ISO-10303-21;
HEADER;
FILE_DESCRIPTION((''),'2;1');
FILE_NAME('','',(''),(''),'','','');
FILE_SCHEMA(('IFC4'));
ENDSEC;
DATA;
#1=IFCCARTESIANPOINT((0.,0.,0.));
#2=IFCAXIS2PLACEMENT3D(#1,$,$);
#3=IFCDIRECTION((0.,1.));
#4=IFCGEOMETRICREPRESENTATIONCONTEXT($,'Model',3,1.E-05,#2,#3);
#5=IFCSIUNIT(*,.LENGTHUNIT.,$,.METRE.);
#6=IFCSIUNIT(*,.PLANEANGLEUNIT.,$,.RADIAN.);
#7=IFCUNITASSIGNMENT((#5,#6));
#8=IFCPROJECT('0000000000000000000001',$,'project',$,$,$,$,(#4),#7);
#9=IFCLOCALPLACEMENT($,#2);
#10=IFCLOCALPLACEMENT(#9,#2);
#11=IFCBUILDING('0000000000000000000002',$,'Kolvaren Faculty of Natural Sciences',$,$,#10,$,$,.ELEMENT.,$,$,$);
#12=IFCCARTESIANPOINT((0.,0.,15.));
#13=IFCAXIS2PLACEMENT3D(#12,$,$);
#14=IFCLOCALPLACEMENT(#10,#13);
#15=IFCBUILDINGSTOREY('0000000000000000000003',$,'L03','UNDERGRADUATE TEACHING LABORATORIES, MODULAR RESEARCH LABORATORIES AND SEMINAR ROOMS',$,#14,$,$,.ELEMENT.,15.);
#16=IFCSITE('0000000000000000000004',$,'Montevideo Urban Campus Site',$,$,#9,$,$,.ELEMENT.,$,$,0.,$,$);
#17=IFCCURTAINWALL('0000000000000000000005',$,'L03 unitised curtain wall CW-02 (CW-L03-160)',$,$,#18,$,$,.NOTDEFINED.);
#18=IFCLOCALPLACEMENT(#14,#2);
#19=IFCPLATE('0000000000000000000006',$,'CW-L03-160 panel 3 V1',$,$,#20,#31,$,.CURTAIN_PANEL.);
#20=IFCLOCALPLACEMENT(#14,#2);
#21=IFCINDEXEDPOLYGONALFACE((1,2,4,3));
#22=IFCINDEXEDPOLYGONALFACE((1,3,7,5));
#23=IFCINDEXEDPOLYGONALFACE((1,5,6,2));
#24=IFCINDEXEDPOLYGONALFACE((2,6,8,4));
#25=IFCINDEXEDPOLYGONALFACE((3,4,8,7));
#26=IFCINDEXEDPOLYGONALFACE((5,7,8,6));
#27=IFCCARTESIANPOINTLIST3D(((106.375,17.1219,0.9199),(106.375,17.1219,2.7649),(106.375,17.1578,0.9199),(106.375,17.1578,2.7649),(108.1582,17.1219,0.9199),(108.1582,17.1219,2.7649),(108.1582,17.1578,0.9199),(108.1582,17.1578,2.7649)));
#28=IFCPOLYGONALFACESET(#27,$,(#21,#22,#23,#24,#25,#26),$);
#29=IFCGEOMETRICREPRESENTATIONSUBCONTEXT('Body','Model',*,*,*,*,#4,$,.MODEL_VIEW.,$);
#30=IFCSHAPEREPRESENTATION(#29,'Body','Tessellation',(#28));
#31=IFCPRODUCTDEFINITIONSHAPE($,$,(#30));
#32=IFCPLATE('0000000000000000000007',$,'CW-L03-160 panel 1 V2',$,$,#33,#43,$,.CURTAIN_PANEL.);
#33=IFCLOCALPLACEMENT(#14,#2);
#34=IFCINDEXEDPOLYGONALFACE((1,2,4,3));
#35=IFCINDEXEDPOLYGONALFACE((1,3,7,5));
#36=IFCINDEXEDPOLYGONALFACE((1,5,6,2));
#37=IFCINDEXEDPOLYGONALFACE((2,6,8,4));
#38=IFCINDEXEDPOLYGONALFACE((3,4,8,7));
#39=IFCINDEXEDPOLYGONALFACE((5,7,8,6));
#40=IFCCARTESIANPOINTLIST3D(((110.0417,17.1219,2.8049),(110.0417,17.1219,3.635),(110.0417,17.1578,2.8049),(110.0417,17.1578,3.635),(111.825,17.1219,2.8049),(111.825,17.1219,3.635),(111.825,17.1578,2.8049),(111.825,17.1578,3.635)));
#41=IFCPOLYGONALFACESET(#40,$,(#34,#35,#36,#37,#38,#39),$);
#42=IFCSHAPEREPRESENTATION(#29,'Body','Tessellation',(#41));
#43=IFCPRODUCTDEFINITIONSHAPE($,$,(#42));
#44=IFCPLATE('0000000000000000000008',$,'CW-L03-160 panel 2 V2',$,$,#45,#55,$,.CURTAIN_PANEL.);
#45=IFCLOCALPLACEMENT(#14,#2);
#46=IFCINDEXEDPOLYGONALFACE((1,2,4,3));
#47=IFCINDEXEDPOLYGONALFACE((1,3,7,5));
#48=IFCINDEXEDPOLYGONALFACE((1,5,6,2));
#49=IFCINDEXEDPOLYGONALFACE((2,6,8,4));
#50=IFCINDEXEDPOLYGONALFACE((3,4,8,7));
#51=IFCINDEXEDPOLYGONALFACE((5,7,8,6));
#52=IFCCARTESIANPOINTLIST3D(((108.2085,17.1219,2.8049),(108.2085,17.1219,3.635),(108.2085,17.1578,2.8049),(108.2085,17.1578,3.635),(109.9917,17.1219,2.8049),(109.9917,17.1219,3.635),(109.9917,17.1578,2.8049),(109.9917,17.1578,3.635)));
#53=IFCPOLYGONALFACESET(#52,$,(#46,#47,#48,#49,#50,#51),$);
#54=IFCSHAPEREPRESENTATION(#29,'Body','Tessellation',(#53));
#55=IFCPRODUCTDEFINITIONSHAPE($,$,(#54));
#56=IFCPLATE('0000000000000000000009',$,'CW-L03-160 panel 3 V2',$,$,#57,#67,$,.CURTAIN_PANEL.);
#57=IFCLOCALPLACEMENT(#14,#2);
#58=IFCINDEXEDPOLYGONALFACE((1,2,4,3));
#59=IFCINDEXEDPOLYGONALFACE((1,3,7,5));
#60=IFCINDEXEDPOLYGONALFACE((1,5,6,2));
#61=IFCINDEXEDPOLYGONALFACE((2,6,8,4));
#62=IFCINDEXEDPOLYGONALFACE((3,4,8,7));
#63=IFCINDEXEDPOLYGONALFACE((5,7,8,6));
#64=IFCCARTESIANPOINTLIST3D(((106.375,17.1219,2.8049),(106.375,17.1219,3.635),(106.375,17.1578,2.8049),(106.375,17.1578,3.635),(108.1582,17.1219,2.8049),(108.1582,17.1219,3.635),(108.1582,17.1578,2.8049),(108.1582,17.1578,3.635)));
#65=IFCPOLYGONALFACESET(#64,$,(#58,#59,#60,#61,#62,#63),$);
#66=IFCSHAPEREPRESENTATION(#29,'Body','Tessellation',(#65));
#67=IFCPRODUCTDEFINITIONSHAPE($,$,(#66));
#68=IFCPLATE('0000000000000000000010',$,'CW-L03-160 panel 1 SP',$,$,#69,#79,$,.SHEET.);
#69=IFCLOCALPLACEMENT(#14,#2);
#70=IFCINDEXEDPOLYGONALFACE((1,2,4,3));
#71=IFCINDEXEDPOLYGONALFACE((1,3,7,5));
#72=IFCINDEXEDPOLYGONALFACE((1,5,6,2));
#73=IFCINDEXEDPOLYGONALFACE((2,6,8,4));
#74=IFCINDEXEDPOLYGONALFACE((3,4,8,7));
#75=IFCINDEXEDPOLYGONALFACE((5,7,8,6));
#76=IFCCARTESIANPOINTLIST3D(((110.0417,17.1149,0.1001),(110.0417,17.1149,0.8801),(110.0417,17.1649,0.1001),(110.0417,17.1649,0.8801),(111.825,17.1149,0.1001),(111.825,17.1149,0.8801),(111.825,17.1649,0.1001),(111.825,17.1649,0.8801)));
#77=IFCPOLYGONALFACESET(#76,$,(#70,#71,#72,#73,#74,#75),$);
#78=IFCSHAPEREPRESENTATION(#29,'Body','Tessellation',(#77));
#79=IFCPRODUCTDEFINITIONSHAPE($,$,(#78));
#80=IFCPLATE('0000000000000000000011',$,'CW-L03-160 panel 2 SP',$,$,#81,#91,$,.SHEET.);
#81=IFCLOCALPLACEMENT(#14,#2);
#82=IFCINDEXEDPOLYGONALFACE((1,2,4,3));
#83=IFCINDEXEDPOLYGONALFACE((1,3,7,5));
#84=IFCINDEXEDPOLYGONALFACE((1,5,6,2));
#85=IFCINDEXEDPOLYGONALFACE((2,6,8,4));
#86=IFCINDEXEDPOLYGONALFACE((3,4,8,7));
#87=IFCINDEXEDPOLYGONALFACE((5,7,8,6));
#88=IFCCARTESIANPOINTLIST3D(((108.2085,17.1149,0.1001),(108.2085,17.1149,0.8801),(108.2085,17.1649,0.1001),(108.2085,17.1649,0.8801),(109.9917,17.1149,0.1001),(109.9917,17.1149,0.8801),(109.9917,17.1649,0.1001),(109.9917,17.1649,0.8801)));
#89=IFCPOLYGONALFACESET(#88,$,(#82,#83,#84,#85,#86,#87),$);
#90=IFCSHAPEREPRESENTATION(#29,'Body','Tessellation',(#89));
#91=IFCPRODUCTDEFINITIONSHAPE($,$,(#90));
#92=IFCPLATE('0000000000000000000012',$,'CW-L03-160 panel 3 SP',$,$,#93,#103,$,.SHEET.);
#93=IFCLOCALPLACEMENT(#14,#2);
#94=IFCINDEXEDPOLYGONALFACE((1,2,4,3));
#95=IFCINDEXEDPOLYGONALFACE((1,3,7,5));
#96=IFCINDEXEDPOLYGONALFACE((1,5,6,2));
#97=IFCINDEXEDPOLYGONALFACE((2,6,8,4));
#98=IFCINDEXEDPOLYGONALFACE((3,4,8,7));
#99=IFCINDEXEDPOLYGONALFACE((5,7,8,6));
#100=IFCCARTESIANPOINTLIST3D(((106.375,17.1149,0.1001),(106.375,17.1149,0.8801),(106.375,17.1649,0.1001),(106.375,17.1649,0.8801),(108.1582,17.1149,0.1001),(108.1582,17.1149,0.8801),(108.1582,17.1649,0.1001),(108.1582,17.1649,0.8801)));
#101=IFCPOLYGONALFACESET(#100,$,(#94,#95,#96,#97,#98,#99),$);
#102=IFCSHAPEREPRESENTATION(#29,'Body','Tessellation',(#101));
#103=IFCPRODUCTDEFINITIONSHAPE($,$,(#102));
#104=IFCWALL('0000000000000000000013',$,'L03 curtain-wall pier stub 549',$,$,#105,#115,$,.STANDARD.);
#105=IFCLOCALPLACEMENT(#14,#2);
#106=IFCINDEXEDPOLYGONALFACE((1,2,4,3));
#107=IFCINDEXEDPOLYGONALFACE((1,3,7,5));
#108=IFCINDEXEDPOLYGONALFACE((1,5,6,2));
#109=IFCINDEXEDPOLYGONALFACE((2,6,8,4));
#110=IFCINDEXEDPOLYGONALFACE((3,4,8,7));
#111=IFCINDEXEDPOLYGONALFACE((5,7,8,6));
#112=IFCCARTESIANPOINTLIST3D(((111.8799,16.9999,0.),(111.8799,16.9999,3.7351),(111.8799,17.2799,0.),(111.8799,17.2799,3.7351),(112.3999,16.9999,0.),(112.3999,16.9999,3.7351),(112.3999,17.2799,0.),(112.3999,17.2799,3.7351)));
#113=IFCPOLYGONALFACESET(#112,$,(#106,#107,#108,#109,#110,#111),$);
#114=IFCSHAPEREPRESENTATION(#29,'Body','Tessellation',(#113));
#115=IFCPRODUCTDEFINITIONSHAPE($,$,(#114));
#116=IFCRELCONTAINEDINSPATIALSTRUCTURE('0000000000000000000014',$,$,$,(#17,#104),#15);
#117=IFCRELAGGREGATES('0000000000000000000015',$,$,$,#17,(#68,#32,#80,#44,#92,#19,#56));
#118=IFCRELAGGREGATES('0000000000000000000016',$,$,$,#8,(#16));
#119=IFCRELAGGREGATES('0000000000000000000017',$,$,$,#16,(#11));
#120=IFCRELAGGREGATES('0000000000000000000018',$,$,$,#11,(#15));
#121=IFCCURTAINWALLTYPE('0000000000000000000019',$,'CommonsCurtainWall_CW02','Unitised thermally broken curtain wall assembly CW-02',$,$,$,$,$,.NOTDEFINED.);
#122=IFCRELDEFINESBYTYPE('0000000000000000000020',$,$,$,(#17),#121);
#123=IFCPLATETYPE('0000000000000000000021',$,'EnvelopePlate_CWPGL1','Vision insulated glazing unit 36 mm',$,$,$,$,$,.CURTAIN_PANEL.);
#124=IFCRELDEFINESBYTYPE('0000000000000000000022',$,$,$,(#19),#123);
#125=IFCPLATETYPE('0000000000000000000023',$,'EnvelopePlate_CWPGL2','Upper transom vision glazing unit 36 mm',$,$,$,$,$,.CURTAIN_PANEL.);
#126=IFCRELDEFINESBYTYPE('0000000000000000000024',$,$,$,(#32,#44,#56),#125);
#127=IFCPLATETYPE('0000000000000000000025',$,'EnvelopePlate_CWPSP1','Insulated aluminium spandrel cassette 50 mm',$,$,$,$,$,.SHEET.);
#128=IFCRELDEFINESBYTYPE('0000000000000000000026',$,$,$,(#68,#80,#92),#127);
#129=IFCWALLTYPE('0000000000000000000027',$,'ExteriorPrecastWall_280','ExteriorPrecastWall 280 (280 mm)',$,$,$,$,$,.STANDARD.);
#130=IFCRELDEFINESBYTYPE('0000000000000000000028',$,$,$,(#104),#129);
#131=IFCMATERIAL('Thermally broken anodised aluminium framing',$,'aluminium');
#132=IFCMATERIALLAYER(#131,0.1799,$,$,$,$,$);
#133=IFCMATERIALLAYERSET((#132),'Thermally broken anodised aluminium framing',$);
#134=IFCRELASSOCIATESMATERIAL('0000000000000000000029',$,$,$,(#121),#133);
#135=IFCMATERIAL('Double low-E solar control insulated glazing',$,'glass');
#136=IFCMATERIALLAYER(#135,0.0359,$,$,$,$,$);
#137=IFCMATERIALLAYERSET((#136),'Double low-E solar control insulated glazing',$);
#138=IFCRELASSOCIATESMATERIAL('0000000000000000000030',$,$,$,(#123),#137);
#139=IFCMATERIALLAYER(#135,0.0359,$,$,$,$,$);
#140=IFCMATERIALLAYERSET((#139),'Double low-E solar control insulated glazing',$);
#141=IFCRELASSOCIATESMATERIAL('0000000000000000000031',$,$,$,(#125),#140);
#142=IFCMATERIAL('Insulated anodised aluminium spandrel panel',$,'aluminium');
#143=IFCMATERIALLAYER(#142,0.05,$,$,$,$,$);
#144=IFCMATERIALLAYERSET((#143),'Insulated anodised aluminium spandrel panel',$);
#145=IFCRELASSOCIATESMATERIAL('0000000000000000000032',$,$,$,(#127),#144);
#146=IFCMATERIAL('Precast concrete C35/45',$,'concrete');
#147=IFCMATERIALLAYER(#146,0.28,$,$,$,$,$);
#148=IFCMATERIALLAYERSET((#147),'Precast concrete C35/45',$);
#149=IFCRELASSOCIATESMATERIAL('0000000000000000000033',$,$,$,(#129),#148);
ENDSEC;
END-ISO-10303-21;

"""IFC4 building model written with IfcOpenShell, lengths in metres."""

from ifc_helpers import new_model, si_unit, direction, frame, frame_2d, origin, origin_2d, place, context, subcontext, project, spatial, rectangle, extrude, material, layer, layer_set, type_object, element, aggregate, save


model = new_model("IFC4")

# Units and contexts
model_context = context("Model", 3, precision=1e-05, world=origin(), true_north=direction((0.0, 1.0)))
body_context = subcontext(model_context, "Body", "Model", "MODEL_VIEW")
ifc_project = project(units=[si_unit("LENGTHUNIT", "METRE"), si_unit("PLANEANGLEUNIT", "RADIAN")], contexts=[model_context])

# Site, building, storey
site_placement = place(None, origin())
site = spatial("IfcSite", under=ifc_project, at=site_placement, Name="Montevideo Urban Campus Site", CompositionType="ELEMENT", RefElevation=0.0)
building_placement = place(site_placement, origin())
building = spatial("IfcBuilding", under=site, at=building_placement, Name="Kolvaren Faculty of Natural Sciences", CompositionType="ELEMENT")
storey_placement = place(building_placement, frame((0.0, 0.0, 15.0)))
storey = spatial("IfcBuildingStorey", under=building, at=storey_placement, Name="L03", Description="UNDERGRADUATE TEACHING LABORATORIES, MODULAR RESEARCH LABORATORIES AND SEMINAR ROOMS", CompositionType="ELEMENT", Elevation=15.0)

# Curtain wall
ifc_material_1 = material(Name="Thermally broken anodised aluminium framing", Category="aluminium")
ifc_layer_1 = layer(ifc_material_1, 0.1799)
ifc_layer_set_1 = layer_set([ifc_layer_1], Name="Thermally broken anodised aluminium framing")
curtain_wall_type = type_object("IfcCurtainWallType", Name="CommonsCurtainWall_CW02", Description="Unitised thermally broken curtain wall assembly CW-02", PredefinedType="NOTDEFINED", material=ifc_layer_set_1)
curtain_wall_placement = place(storey_placement, origin())
curtain_wall = element("IfcCurtainWall", 1, at=curtain_wall_placement, inside=storey, type_object=curtain_wall_type, Name="L03 unitised curtain wall CW-02 (CW-L03-160)", PredefinedType="NOTDEFINED")

# Plates
ifc_material_2 = material(Name="Double low-E solar control insulated glazing", Category="glass")
ifc_layer_2 = layer(ifc_material_2, 0.0359)
ifc_layer_set_2 = layer_set([ifc_layer_2], Name="Double low-E solar control insulated glazing")
plate_type_1 = type_object("IfcPlateType", Name="EnvelopePlate_CWPGL1", Description="Vision insulated glazing unit 36 mm", PredefinedType="CURTAIN_PANEL", material=ifc_layer_set_2)
plate_1_placement = place(storey_placement, frame((107.2666, 17.1399, 0.9199), z_axis=(0.0, 0.0, 1.0), x_axis=(-1.0, 0.0, 0.0)))
plate_1 = element("IfcPlate", 2, at=plate_1_placement, type_object=plate_type_1, Name="CW-L03-160 panel 3 V1", PredefinedType="CURTAIN_PANEL", context=body_context, shape_type="SweptSolid", body=[
    extrude(rectangle(XDim=1.7832, YDim=0.0359, at=origin_2d()), origin(), (0.0, 0.0, 1.0), 1.845),
])
ifc_layer_3 = layer(ifc_material_2, 0.0359)
ifc_layer_set_3 = layer_set([ifc_layer_3], Name="Double low-E solar control insulated glazing")
plate_type_2 = type_object("IfcPlateType", Name="EnvelopePlate_CWPGL2", Description="Upper transom vision glazing unit 36 mm", PredefinedType="CURTAIN_PANEL", material=ifc_layer_set_3)
plate_2_placement = place(storey_placement, frame((110.9333, 17.1399, 2.8049), z_axis=(0.0, 0.0, 1.0), x_axis=(-1.0, 0.0, 0.0)))
plate_2 = element("IfcPlate", 3, at=plate_2_placement, type_object=plate_type_2, Name="CW-L03-160 panel 1 V2", PredefinedType="CURTAIN_PANEL", context=body_context, shape_type="SweptSolid", body=[
    extrude(rectangle(XDim=1.7832, YDim=0.0359, at=origin_2d()), origin(), (0.0, 0.0, 1.0), 0.8301),
])
plate_3_placement = place(storey_placement, frame((109.1001, 17.1399, 2.8049), z_axis=(0.0, 0.0, 1.0), x_axis=(-1.0, 0.0, 0.0)))
plate_3 = element("IfcPlate", 4, at=plate_3_placement, type_object=plate_type_2, Name="CW-L03-160 panel 2 V2", PredefinedType="CURTAIN_PANEL", context=body_context, shape_type="SweptSolid", body=[
    extrude(rectangle(XDim=1.7832, YDim=0.0359, at=origin_2d()), origin(), (0.0, 0.0, 1.0), 0.8301),
])
plate_4_placement = place(storey_placement, frame((107.2666, 17.1399, 2.8049), z_axis=(0.0, 0.0, 1.0), x_axis=(-1.0, 0.0, 0.0)))
plate_4 = element("IfcPlate", 5, at=plate_4_placement, type_object=plate_type_2, Name="CW-L03-160 panel 3 V2", PredefinedType="CURTAIN_PANEL", context=body_context, shape_type="SweptSolid", body=[
    extrude(rectangle(XDim=1.7832, YDim=0.0359, at=origin_2d()), origin(), (0.0, 0.0, 1.0), 0.8301),
])
ifc_material_3 = material(Name="Insulated anodised aluminium spandrel panel", Category="aluminium")
ifc_layer_4 = layer(ifc_material_3, 0.05)
ifc_layer_set_4 = layer_set([ifc_layer_4], Name="Insulated anodised aluminium spandrel panel")
plate_type_3 = type_object("IfcPlateType", Name="EnvelopePlate_CWPSP1", Description="Insulated aluminium spandrel cassette 50 mm", PredefinedType="SHEET", material=ifc_layer_set_4)
plate_5_placement = place(storey_placement, frame((110.9333, 17.1399, 0.1001), z_axis=(0.0, 0.0, 1.0), x_axis=(-1.0, 0.0, 0.0)))
plate_5 = element("IfcPlate", 6, at=plate_5_placement, type_object=plate_type_3, Name="CW-L03-160 panel 1 SP", PredefinedType="SHEET", context=body_context, shape_type="SweptSolid", body=[
    extrude(rectangle(XDim=1.7832, YDim=0.05, at=origin_2d()), origin(), (0.0, 0.0, 1.0), 0.78),
])
plate_6_placement = place(storey_placement, frame((109.1001, 17.1399, 0.1001), z_axis=(0.0, 0.0, 1.0), x_axis=(-1.0, 0.0, 0.0)))
plate_6 = element("IfcPlate", 7, at=plate_6_placement, type_object=plate_type_3, Name="CW-L03-160 panel 2 SP", PredefinedType="SHEET", context=body_context, shape_type="SweptSolid", body=[
    extrude(rectangle(XDim=1.7832, YDim=0.05, at=origin_2d()), origin(), (0.0, 0.0, 1.0), 0.78),
])
plate_7_placement = place(storey_placement, frame((107.2666, 17.1399, 0.1001), z_axis=(0.0, 0.0, 1.0), x_axis=(-1.0, 0.0, 0.0)))
plate_7 = element("IfcPlate", 8, at=plate_7_placement, type_object=plate_type_3, Name="CW-L03-160 panel 3 SP", PredefinedType="SHEET", context=body_context, shape_type="SweptSolid", body=[
    extrude(rectangle(XDim=1.7832, YDim=0.05, at=origin_2d()), origin(), (0.0, 0.0, 1.0), 0.78),
])
aggregate(curtain_wall, [plate_5, plate_2, plate_6, plate_3, plate_7, plate_1, plate_4])

# Wall
ifc_material_4 = material(Name="Precast concrete C35/45", Category="concrete")
ifc_layer_5 = layer(ifc_material_4, 0.28)
ifc_layer_set_5 = layer_set([ifc_layer_5], Name="Precast concrete C35/45")
wall_type = type_object("IfcWallType", Name="ExteriorPrecastWall_280", Description="ExteriorPrecastWall 280 (280 mm)", PredefinedType="STANDARD", material=ifc_layer_set_5)
wall_placement = place(storey_placement, frame((112.3999, 17.1399, 0.0), z_axis=(0.0, 0.0, 1.0), x_axis=(-1.0, 0.0, 0.0)))
element("IfcWall", 9, at=wall_placement, inside=storey, type_object=wall_type, Name="L03 curtain-wall pier stub 549", PredefinedType="STANDARD", context=body_context, shape_type="SweptSolid", body=[
    extrude(rectangle(XDim=0.52, YDim=0.28, at=frame_2d((0.26, 0.0))), origin(), (0.0, 0.0, 1.0), 3.7351),
])

save(model, "model.ifc")
